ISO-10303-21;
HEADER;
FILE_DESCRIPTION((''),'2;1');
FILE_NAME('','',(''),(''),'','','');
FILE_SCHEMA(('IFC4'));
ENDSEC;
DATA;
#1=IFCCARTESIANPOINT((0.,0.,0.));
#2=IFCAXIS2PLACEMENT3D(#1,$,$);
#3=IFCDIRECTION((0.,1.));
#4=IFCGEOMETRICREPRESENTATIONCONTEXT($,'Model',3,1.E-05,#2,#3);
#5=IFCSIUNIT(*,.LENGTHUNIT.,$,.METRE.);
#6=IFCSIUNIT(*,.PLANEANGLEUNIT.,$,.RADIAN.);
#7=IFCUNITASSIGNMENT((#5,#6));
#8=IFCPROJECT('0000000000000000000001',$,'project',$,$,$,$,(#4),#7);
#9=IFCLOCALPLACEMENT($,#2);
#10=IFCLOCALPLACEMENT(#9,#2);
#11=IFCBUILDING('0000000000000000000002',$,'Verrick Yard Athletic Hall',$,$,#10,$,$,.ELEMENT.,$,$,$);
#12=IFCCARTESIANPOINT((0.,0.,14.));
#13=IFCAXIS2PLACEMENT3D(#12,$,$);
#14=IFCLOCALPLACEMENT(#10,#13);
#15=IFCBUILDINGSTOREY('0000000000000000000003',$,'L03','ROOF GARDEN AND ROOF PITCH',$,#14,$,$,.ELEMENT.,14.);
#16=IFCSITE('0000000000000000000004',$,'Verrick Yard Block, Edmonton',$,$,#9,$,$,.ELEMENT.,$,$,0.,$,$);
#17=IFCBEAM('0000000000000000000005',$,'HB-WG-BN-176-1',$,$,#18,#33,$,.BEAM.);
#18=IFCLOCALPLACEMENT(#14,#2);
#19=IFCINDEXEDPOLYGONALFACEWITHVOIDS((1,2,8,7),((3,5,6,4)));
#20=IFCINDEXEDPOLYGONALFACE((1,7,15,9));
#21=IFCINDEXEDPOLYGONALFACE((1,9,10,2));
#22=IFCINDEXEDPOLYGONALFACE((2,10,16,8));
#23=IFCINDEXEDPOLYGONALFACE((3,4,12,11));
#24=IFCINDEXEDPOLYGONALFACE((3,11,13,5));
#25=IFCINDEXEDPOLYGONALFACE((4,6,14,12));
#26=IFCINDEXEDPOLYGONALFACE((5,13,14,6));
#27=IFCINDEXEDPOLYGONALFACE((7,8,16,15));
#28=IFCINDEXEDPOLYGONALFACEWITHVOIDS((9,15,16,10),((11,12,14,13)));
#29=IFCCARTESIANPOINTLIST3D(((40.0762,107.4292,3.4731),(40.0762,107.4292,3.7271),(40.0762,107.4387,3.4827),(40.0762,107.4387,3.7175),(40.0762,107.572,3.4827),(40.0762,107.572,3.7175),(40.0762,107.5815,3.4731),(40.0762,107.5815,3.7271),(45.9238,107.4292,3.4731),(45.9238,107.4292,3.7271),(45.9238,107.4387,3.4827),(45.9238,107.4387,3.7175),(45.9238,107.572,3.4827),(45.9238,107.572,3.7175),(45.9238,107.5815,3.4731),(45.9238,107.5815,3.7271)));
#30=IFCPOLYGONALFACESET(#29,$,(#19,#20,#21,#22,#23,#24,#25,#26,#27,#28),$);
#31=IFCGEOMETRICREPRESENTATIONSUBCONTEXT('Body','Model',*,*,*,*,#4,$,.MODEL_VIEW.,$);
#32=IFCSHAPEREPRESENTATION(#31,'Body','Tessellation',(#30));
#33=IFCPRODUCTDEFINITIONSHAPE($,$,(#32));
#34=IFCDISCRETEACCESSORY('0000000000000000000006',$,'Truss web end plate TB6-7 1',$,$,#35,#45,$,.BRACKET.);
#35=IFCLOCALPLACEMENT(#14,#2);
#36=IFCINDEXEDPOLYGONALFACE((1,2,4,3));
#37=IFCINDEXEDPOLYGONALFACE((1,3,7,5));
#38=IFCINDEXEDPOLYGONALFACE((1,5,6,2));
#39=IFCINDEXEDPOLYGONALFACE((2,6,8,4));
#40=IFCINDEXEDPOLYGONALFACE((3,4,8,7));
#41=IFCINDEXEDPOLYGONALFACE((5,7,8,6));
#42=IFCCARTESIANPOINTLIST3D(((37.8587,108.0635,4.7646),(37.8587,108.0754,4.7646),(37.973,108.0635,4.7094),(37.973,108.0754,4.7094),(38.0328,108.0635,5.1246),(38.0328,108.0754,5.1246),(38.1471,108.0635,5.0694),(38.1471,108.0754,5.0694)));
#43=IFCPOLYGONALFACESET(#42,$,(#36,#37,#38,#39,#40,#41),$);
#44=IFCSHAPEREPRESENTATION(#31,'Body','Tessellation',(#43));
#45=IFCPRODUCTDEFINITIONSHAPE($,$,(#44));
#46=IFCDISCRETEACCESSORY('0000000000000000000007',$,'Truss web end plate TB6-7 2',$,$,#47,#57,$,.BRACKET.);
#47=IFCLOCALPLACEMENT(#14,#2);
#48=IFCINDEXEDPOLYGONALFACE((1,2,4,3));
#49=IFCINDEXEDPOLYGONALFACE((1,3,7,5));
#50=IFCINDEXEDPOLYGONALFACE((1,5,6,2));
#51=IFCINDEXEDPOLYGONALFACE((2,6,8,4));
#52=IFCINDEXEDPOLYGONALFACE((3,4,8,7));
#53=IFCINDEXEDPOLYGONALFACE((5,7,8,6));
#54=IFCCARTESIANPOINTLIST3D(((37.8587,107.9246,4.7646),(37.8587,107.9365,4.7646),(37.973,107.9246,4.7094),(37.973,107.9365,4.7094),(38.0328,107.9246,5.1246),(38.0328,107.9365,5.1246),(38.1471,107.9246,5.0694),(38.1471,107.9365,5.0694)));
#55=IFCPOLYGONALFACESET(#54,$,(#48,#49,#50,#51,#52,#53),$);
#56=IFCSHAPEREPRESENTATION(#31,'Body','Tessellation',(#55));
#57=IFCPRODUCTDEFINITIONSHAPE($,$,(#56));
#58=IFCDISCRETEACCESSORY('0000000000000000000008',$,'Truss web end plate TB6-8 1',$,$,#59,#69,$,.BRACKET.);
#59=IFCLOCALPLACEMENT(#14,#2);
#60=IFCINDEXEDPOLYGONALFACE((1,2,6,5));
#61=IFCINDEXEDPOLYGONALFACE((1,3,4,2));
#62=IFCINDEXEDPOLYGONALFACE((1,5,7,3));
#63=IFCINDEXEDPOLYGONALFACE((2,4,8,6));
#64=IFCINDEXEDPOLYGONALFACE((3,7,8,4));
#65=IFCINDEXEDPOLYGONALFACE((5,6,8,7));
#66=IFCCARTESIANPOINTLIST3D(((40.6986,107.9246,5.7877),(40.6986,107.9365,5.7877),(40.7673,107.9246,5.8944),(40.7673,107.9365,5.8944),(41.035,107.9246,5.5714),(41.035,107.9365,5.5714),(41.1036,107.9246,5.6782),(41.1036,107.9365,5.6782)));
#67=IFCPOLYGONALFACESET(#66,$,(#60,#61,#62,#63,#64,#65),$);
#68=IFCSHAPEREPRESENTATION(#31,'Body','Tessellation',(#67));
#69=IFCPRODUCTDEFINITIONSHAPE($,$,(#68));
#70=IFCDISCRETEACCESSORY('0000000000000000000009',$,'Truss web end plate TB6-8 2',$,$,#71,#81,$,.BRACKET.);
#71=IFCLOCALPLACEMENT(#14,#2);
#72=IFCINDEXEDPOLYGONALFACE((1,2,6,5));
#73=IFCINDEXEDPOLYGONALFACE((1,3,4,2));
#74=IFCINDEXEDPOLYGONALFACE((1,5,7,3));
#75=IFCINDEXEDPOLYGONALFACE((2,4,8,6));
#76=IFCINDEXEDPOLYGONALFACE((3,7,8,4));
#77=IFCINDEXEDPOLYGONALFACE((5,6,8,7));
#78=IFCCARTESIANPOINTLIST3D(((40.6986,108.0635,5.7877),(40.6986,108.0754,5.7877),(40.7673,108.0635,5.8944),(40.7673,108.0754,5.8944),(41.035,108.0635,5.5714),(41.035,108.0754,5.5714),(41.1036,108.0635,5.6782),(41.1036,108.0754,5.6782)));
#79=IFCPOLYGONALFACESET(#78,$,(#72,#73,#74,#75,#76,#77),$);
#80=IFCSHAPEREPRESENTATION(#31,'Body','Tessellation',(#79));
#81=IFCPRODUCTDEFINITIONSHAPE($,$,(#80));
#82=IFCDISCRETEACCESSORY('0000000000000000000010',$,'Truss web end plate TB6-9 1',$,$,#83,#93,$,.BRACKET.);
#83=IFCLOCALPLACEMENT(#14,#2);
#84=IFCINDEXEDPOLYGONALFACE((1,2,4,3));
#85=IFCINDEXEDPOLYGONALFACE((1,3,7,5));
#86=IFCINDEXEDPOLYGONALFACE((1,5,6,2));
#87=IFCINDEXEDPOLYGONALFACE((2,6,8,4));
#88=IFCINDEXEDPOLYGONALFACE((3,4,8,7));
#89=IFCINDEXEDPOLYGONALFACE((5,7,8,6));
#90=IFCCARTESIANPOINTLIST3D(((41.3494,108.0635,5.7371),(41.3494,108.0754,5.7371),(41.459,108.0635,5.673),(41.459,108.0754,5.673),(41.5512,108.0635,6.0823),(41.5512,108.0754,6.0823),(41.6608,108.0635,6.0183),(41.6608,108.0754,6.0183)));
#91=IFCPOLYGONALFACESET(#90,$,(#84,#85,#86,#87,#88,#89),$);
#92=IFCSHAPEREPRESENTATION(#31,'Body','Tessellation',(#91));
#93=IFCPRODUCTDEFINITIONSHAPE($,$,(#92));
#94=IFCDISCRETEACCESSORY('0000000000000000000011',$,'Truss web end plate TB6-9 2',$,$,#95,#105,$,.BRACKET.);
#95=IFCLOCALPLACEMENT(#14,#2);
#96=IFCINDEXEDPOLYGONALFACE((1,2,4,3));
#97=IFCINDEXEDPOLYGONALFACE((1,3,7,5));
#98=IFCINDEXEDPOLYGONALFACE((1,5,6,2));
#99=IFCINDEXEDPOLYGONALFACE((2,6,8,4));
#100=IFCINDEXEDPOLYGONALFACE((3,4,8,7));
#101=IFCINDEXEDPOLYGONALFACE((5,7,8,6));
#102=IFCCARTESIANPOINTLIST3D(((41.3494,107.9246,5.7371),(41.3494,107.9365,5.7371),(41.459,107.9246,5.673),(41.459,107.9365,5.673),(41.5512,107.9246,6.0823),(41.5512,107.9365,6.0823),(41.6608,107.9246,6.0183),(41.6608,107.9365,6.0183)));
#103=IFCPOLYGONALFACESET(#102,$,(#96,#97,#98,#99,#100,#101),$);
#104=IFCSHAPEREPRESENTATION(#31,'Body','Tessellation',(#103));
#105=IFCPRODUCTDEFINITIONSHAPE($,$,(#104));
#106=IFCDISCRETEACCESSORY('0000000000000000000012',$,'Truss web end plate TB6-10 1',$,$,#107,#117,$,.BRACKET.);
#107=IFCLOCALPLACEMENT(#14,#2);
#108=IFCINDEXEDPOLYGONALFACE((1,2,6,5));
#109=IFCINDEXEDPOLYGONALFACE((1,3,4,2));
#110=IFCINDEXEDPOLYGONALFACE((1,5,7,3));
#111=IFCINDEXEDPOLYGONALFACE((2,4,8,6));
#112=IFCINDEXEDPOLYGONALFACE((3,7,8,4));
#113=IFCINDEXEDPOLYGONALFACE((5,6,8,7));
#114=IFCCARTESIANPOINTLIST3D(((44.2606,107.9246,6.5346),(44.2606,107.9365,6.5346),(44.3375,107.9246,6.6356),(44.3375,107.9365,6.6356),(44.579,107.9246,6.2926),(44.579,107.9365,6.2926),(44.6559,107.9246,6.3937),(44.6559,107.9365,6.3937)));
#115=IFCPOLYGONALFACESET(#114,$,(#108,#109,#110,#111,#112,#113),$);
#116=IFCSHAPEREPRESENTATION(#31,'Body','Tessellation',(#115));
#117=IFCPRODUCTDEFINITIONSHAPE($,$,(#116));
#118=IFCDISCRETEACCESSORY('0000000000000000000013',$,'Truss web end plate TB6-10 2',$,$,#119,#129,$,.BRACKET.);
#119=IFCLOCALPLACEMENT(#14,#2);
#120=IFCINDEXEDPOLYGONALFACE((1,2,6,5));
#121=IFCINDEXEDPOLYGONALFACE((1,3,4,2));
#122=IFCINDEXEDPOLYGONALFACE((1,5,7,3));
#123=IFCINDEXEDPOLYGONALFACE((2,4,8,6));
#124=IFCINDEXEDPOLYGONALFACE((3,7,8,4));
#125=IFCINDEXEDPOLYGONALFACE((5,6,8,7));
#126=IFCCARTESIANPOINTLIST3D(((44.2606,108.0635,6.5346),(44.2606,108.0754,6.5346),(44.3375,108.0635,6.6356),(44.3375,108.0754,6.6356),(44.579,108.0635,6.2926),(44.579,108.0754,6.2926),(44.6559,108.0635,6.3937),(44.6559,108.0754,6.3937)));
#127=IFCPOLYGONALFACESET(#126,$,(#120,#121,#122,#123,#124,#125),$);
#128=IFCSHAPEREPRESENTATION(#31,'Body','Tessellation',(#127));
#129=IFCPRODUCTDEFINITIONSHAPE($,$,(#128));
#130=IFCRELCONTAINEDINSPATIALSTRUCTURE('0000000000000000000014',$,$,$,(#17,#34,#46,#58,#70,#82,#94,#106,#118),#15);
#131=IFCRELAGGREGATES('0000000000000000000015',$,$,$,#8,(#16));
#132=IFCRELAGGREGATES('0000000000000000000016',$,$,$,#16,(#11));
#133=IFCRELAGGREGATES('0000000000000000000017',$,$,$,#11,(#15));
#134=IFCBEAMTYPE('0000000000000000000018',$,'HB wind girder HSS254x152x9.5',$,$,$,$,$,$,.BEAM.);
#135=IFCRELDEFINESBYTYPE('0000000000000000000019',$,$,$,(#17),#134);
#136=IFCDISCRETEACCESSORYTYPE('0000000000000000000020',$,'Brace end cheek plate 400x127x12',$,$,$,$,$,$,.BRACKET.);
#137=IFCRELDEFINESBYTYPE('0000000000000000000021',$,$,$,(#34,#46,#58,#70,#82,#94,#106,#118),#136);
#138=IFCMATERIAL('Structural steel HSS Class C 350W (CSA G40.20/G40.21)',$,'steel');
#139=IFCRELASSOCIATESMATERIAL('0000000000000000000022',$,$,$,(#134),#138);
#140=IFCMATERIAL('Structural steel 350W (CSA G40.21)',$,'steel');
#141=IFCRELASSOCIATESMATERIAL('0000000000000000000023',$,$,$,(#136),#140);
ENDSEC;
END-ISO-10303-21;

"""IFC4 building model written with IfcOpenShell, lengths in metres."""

from ifc_helpers import new_model, si_unit, direction, frame, origin, origin_2d, place, context, subcontext, project, spatial, rectangle, hollow_rectangle, extrude, material, material_profile, profile_set, type_object, element, save


model = new_model("IFC4")

# Units and contexts
model_context = context("Model", 3, precision=1e-05, world=origin(), true_north=direction((0.0, 1.0)))
body_context = subcontext(model_context, "Body", "Model", "MODEL_VIEW")
ifc_project = project(units=[si_unit("LENGTHUNIT", "METRE"), si_unit("PLANEANGLEUNIT", "RADIAN")], contexts=[model_context])

# Site, building, storey
site_placement = place(None, origin())
site = spatial("IfcSite", under=ifc_project, at=site_placement, Name="Verrick Yard Block, Edmonton", CompositionType="ELEMENT", RefElevation=0.0)
building_placement = place(site_placement, origin())
building = spatial("IfcBuilding", under=site, at=building_placement, Name="Verrick Yard Athletic Hall", CompositionType="ELEMENT")
storey_placement = place(building_placement, frame((0.0, 0.0, 14.0)))
storey = spatial("IfcBuildingStorey", under=building, at=storey_placement, Name="L03", Description="ROOF GARDEN AND ROOF PITCH", CompositionType="ELEMENT", Elevation=14.0)

# Shared definitions
ifc_material_1 = material(Name="Structural steel HSS Class C 350W (CSA G40.20/G40.21)", Category="steel")

# Beam
ifc_material_profile_1 = material_profile(ifc_material_1, hollow_rectangle(XDim=0.1523, YDim=0.2539, WallThickness=0.0095, at=origin_2d()), Name="HSS254x152x9.5")
ifc_profile_set_1 = profile_set([ifc_material_profile_1], Name="Structural steel HSS Class C 350W (CSA G40.20/G40.21)")
beam_type = type_object("IfcBeamType", Name="HB wind girder HSS254x152x9.5", PredefinedType="BEAM", material=ifc_profile_set_1)
for number, where, z_axis, x_axis, name in (
    (1, (40.0762, 107.5054, 3.6001), (1.0, 0.0, 0.0), (0.0, 1.0, 0.0), "HB-WG-BN-176-1"),
):
    element("IfcBeam", number, at=place(storey_placement, frame(where, z_axis=z_axis, x_axis=x_axis)), inside=storey, type_object=beam_type, Name=name, PredefinedType="BEAM", context=body_context, shape_type="SweptSolid", body=[
        extrude(hollow_rectangle(XDim=0.1523, YDim=0.2539, WallThickness=0.0095, at=origin_2d()), origin(), (0.0, 0.0, 1.0), 5.8477),
    ])

# Discrete accessories
ifc_material_2 = material(Name="Structural steel 350W (CSA G40.21)", Category="steel")
ifc_material_profile_2 = material_profile(ifc_material_2, rectangle(XDim=0.3999, YDim=0.127, at=origin_2d()), Name="Brace end cheek plate")
ifc_profile_set_2 = profile_set([ifc_material_profile_2], Name="Structural steel 350W (CSA G40.21)")
discrete_accessory_type = type_object("IfcDiscreteAccessoryType", Name="Brace end cheek plate 400x127x12", PredefinedType="BRACKET", material=ifc_profile_set_2)
for number, where, z_axis, x_axis, name in (
    (2, (38.0029, 108.0635, 4.917), (0.0, 1.0, 0.0), (0.435417, 0.0, 0.900229), "Truss web end plate TB6-7 1"),
    (3, (38.0029, 107.9365, 4.917), (0.0, -1.0, 0.0), (0.435417, 0.0, 0.900229), "Truss web end plate TB6-7 2"),
    (4, (40.9011, 107.9365, 5.7329), (0.0, -1.0, 0.0), (-0.841141, 0.0, 0.540816), "Truss web end plate TB6-8 1"),
    (5, (40.9011, 108.0635, 5.7329), (0.0, 1.0, 0.0), (-0.841141, 0.0, 0.540816), "Truss web end plate TB6-8 2"),
    (6, (41.5051, 108.0635, 5.8777), (0.0, 1.0, 0.0), (0.504597, 0.0, 0.863355), "Truss web end plate TB6-9 1"),
    (7, (41.5051, 107.9365, 5.8777), (0.0, -1.0, 0.0), (0.504597, 0.0, 0.863355), "Truss web end plate TB6-9 2"),
    (8, (44.4583, 107.9365, 6.4641), (0.0, -1.0, 0.0), (-0.796193, 0.0, 0.605042), "Truss web end plate TB6-10 1"),
    (9, (44.4583, 108.0635, 6.4641), (0.0, 1.0, 0.0), (-0.796193, 0.0, 0.605042), "Truss web end plate TB6-10 2"),
):
    element("IfcDiscreteAccessory", number, at=place(storey_placement, frame(where, z_axis=z_axis, x_axis=x_axis)), inside=storey, type_object=discrete_accessory_type, Name=name, PredefinedType="BRACKET", context=body_context, shape_type="SweptSolid", body=[
        extrude(rectangle(XDim=0.3999, YDim=0.127, at=origin_2d()), origin(), (0.0, 0.0, 1.0), 0.012),
    ])

save(model, "model.ifc")
